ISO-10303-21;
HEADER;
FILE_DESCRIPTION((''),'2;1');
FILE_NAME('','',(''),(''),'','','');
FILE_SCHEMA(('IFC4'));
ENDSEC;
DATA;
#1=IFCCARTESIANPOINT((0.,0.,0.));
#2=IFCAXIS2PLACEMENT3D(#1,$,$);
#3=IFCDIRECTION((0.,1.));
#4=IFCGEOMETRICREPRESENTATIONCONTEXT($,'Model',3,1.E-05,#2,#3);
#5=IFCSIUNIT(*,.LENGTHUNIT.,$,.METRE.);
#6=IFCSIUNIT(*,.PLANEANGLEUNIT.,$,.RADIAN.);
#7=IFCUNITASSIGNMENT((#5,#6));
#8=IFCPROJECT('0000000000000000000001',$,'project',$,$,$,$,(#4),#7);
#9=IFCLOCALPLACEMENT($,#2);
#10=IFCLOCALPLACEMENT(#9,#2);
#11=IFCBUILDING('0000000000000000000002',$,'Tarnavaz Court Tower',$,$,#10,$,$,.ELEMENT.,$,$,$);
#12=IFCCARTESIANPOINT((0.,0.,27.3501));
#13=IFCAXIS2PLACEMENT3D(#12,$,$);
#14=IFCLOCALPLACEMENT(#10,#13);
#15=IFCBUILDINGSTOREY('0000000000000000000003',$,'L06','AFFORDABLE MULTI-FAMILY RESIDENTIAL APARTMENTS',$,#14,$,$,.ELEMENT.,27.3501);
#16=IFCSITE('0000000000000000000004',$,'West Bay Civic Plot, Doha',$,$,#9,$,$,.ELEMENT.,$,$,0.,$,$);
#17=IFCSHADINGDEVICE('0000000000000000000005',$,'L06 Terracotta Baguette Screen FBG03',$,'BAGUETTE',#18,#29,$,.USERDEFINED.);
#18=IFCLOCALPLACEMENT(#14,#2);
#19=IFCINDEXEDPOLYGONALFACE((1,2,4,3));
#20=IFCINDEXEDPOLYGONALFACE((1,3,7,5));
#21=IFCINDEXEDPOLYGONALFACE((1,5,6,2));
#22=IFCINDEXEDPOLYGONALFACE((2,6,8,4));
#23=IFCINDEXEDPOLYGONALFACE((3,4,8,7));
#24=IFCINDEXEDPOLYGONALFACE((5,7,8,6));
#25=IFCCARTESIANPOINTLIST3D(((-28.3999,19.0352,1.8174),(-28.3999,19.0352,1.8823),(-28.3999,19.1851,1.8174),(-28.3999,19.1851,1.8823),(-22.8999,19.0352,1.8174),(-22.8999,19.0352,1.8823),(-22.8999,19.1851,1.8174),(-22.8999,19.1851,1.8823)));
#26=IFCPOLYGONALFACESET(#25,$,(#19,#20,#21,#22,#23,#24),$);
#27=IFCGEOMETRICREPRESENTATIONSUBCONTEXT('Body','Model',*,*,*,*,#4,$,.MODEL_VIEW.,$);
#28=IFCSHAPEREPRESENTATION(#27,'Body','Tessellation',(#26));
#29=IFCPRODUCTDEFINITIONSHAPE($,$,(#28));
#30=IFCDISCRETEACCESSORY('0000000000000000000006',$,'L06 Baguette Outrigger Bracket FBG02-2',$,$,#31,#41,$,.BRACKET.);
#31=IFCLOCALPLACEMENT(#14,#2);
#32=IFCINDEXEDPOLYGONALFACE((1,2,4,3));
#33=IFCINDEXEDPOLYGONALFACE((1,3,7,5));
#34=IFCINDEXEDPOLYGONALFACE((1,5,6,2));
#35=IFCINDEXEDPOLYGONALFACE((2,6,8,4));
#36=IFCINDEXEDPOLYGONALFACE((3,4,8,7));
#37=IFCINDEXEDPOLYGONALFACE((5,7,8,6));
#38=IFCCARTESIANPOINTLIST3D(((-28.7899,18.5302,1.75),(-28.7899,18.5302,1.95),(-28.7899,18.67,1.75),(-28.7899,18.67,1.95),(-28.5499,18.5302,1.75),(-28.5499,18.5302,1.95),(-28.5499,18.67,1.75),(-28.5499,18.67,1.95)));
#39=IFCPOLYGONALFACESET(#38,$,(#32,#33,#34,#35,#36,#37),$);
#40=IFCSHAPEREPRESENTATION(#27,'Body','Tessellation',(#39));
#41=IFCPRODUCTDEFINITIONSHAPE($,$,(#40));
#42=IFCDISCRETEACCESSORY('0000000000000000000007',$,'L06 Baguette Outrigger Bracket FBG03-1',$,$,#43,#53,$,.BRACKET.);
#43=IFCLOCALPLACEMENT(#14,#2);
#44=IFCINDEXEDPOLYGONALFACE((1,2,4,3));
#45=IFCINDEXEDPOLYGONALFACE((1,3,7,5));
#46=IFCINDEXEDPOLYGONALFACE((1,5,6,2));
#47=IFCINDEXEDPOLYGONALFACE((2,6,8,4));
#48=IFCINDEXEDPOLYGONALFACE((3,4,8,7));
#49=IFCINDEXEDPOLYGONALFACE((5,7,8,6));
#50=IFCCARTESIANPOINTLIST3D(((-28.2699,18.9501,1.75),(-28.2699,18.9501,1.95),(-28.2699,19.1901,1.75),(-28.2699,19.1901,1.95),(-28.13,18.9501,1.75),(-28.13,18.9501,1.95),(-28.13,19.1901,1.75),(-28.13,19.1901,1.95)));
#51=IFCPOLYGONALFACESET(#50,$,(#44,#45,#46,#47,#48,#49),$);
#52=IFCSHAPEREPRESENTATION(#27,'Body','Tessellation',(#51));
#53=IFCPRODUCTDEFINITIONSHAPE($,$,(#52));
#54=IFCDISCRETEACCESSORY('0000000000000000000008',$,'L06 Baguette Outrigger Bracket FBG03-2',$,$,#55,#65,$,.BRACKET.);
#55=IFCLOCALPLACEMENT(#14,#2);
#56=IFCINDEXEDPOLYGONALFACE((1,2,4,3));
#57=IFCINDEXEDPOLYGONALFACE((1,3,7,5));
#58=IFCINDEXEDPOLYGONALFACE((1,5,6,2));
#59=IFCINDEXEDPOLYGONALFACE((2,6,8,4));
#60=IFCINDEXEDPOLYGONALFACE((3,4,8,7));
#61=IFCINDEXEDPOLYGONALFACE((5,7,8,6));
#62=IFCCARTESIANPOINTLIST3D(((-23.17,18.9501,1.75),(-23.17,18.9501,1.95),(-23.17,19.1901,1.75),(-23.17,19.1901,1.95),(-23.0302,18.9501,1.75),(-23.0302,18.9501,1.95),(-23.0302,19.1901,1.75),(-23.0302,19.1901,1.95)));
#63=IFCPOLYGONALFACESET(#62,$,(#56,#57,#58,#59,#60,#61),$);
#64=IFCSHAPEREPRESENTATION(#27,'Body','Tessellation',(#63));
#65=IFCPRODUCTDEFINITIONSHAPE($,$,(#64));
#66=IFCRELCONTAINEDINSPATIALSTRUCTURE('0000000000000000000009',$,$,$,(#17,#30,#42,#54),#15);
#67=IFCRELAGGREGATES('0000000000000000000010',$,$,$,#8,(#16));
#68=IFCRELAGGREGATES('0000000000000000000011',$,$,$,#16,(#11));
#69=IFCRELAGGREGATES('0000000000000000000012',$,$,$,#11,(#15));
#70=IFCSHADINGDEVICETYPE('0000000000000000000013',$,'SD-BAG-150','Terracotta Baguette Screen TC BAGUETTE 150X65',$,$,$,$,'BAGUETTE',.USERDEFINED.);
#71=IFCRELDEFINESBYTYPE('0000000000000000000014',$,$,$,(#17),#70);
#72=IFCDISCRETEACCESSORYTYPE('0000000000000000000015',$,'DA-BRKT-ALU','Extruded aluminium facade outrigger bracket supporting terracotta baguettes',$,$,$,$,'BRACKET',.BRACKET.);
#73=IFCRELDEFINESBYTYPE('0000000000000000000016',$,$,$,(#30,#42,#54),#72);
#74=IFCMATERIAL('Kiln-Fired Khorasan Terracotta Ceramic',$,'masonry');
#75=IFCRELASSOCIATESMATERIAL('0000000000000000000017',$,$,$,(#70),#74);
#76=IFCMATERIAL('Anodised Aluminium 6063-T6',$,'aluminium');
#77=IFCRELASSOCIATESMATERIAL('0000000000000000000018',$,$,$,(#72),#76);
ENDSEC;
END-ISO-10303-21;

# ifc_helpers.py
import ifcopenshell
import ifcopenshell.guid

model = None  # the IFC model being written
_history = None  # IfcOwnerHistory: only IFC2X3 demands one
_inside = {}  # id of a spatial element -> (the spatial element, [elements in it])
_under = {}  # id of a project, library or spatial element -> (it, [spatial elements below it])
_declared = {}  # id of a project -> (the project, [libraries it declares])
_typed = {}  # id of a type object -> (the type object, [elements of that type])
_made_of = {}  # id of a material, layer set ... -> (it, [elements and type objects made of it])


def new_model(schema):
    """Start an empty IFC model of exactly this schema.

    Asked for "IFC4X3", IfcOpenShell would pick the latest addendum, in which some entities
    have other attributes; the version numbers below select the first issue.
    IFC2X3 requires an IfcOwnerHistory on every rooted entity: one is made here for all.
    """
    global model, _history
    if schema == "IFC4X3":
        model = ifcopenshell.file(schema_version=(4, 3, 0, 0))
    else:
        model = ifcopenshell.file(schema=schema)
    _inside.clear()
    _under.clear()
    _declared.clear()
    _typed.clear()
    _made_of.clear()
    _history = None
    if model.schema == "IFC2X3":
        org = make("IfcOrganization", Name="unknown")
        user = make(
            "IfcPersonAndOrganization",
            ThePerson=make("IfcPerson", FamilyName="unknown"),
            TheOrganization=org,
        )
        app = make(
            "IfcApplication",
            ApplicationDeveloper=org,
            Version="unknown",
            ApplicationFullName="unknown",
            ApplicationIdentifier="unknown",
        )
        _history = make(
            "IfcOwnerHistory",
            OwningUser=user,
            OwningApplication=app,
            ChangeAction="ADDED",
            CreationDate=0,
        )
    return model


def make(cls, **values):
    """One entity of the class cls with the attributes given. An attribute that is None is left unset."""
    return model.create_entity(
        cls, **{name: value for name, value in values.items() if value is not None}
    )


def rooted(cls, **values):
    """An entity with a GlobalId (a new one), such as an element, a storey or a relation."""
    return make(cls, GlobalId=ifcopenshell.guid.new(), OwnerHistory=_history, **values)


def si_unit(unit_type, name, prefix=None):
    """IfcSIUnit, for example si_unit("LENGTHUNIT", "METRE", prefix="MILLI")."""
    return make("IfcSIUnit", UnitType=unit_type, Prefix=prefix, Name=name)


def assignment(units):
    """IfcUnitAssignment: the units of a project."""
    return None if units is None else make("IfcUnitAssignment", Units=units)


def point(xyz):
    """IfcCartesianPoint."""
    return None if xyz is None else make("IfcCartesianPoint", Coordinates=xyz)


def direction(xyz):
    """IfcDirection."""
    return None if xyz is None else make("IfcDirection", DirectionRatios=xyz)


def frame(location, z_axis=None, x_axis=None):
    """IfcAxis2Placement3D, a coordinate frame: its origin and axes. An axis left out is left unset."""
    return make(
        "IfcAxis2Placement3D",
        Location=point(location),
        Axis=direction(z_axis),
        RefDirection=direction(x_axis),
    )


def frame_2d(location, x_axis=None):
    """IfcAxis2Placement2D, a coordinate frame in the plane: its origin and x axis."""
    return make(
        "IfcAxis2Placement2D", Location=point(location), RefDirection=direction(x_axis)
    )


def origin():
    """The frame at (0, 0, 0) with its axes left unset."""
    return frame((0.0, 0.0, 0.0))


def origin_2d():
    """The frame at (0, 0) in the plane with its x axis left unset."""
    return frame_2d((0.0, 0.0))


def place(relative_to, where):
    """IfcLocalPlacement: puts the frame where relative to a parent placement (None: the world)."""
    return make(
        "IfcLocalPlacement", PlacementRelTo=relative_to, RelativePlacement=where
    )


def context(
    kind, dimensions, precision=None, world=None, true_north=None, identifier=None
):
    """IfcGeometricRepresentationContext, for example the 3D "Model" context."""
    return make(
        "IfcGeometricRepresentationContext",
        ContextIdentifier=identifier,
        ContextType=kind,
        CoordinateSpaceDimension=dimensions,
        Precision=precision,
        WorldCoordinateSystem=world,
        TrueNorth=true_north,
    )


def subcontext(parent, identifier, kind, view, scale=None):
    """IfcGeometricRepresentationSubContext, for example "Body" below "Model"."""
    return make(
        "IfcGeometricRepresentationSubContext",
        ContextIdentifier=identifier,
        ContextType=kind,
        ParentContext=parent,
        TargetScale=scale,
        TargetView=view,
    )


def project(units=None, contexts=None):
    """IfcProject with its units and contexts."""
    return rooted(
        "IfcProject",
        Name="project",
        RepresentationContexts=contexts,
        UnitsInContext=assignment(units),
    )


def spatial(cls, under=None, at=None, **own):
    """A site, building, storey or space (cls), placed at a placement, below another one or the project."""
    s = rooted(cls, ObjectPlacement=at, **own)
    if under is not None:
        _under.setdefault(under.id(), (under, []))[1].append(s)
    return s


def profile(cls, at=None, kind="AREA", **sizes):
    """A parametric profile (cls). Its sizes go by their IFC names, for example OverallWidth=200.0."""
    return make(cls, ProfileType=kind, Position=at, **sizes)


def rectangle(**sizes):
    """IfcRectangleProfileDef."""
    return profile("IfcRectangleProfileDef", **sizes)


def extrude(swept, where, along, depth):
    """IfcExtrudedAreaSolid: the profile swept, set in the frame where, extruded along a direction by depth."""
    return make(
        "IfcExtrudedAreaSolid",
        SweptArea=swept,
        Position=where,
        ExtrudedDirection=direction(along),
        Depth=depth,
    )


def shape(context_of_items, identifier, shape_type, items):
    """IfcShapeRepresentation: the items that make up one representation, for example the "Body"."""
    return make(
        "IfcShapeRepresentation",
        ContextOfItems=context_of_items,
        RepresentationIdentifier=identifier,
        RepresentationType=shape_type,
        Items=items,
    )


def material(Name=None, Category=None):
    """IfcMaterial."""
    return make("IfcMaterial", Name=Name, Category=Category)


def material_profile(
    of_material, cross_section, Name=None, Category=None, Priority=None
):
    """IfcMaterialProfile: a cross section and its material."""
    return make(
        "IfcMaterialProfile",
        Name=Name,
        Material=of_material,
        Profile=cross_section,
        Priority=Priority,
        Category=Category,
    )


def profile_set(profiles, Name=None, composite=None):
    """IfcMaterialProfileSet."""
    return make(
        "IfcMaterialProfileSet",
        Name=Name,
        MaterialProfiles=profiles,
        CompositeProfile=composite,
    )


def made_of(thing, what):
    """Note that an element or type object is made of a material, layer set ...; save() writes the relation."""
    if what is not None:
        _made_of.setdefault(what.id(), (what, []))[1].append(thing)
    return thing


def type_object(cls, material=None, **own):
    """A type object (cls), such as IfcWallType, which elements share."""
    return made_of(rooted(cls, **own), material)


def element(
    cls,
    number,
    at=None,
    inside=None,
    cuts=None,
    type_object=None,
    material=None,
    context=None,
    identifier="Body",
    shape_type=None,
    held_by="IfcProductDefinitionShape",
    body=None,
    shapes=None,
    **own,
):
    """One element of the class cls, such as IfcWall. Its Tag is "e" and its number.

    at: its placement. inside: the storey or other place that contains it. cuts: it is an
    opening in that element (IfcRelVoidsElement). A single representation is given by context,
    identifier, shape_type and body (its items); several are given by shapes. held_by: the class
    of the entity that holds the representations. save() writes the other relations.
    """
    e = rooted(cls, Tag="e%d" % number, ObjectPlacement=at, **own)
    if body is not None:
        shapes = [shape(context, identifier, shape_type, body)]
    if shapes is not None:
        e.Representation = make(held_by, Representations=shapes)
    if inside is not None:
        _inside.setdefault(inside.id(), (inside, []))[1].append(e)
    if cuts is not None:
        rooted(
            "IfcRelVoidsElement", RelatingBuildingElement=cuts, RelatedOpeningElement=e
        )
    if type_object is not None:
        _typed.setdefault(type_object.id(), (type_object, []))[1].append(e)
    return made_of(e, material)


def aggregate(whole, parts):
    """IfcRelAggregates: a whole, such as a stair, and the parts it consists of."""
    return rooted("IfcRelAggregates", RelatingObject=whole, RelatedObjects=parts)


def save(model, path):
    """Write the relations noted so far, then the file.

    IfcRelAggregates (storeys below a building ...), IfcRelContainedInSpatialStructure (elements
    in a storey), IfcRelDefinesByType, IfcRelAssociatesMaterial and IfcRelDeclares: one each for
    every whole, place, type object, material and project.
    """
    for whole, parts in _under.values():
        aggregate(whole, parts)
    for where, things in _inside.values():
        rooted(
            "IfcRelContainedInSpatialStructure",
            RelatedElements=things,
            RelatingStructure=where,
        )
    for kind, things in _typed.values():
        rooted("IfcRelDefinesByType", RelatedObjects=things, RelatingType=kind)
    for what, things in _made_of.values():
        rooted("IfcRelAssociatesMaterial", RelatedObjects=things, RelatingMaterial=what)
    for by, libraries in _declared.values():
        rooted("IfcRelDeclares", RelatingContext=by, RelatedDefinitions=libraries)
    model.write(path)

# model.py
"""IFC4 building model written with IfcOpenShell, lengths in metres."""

from ifc_helpers import new_model, si_unit, direction, frame, origin, origin_2d, place, context, subcontext, project, spatial, rectangle, extrude, material, material_profile, profile_set, type_object, element, save


model = new_model("IFC4")

# Units and contexts
model_context = context("Model", 3, precision=1e-05, world=origin(), true_north=direction((0.0, 1.0)))
body_context = subcontext(model_context, "Body", "Model", "MODEL_VIEW")
ifc_project = project(units=[si_unit("LENGTHUNIT", "METRE"), si_unit("PLANEANGLEUNIT", "RADIAN")], contexts=[model_context])

# Site, building, storey
site_placement = place(None, origin())
site = spatial("IfcSite", under=ifc_project, at=site_placement, Name="West Bay Civic Plot, Doha", CompositionType="ELEMENT", RefElevation=0.0)
building_placement = place(site_placement, origin())
building = spatial("IfcBuilding", under=site, at=building_placement, Name="Tarnavaz Court Tower", CompositionType="ELEMENT")
storey_placement = place(building_placement, frame((0.0, 0.0, 27.3501)))
storey = spatial("IfcBuildingStorey", under=building, at=storey_placement, Name="L06", Description="AFFORDABLE MULTI-FAMILY RESIDENTIAL APARTMENTS", CompositionType="ELEMENT", Elevation=27.3501)

# Shading device
ifc_material_1 = material(Name="Kiln-Fired Khorasan Terracotta Ceramic", Category="masonry")
ifc_material_profile_1 = material_profile(ifc_material_1, rectangle(XDim=0.1499, YDim=0.0649, at=origin_2d()), Name="TC BAGUETTE 150X65")
ifc_profile_set_1 = profile_set([ifc_material_profile_1], Name="Kiln-Fired Khorasan Terracotta Ceramic")
shading_device_type = type_object("IfcShadingDeviceType", Name="SD-BAG-150", Description="Terracotta Baguette Screen TC BAGUETTE 150X65", ElementType="BAGUETTE", PredefinedType="USERDEFINED", material=ifc_profile_set_1)
shading_device_placement = place(storey_placement, frame((-28.3999, 19.1101, 1.8499), z_axis=(1.0, 0.0, 0.0), x_axis=(0.0, 1.0, 0.0)))
element("IfcShadingDevice", 1, at=shading_device_placement, inside=storey, type_object=shading_device_type, Name="L06 Terracotta Baguette Screen FBG03", ObjectType="BAGUETTE", PredefinedType="USERDEFINED", context=body_context, shape_type="SweptSolid", body=[
    extrude(rectangle(XDim=0.1499, YDim=0.0649, at=origin_2d()), origin(), (0.0, 0.0, 1.0), 5.5),
])

# Discrete accessories
ifc_material_2 = material(Name="Anodised Aluminium 6063-T6", Category="aluminium")
discrete_accessory_type = type_object("IfcDiscreteAccessoryType", Name="DA-BRKT-ALU", Description="Extruded aluminium facade outrigger bracket supporting terracotta baguettes", ElementType="BRACKET", PredefinedType="BRACKET", material=ifc_material_2)
for number, where, z_axis, x_axis, name in (
    (2, (-28.6699, 18.6001, 1.75), (0.0, 0.0, 1.0), (0.0, 1.0, 0.0), "L06 Baguette Outrigger Bracket FBG02-2"),
    (3, (-28.2, 19.0701, 1.75), (0.0, 0.0, 1.0), (1.0, 0.0, 0.0), "L06 Baguette Outrigger Bracket FBG03-1"),
    (4, (-23.1001, 19.0701, 1.75), (0.0, 0.0, 1.0), (1.0, 0.0, 0.0), "L06 Baguette Outrigger Bracket FBG03-2"),
):
    element("IfcDiscreteAccessory", number, at=place(storey_placement, frame(where, z_axis=z_axis, x_axis=x_axis)), inside=storey, type_object=discrete_accessory_type, Name=name, PredefinedType="BRACKET", context=body_context, shape_type="SweptSolid", body=[
        extrude(rectangle(XDim=0.1399, YDim=0.24, at=origin_2d()), origin(), (0.0, 0.0, 1.0), 0.2),
    ])

save(model, "model.ifc")
